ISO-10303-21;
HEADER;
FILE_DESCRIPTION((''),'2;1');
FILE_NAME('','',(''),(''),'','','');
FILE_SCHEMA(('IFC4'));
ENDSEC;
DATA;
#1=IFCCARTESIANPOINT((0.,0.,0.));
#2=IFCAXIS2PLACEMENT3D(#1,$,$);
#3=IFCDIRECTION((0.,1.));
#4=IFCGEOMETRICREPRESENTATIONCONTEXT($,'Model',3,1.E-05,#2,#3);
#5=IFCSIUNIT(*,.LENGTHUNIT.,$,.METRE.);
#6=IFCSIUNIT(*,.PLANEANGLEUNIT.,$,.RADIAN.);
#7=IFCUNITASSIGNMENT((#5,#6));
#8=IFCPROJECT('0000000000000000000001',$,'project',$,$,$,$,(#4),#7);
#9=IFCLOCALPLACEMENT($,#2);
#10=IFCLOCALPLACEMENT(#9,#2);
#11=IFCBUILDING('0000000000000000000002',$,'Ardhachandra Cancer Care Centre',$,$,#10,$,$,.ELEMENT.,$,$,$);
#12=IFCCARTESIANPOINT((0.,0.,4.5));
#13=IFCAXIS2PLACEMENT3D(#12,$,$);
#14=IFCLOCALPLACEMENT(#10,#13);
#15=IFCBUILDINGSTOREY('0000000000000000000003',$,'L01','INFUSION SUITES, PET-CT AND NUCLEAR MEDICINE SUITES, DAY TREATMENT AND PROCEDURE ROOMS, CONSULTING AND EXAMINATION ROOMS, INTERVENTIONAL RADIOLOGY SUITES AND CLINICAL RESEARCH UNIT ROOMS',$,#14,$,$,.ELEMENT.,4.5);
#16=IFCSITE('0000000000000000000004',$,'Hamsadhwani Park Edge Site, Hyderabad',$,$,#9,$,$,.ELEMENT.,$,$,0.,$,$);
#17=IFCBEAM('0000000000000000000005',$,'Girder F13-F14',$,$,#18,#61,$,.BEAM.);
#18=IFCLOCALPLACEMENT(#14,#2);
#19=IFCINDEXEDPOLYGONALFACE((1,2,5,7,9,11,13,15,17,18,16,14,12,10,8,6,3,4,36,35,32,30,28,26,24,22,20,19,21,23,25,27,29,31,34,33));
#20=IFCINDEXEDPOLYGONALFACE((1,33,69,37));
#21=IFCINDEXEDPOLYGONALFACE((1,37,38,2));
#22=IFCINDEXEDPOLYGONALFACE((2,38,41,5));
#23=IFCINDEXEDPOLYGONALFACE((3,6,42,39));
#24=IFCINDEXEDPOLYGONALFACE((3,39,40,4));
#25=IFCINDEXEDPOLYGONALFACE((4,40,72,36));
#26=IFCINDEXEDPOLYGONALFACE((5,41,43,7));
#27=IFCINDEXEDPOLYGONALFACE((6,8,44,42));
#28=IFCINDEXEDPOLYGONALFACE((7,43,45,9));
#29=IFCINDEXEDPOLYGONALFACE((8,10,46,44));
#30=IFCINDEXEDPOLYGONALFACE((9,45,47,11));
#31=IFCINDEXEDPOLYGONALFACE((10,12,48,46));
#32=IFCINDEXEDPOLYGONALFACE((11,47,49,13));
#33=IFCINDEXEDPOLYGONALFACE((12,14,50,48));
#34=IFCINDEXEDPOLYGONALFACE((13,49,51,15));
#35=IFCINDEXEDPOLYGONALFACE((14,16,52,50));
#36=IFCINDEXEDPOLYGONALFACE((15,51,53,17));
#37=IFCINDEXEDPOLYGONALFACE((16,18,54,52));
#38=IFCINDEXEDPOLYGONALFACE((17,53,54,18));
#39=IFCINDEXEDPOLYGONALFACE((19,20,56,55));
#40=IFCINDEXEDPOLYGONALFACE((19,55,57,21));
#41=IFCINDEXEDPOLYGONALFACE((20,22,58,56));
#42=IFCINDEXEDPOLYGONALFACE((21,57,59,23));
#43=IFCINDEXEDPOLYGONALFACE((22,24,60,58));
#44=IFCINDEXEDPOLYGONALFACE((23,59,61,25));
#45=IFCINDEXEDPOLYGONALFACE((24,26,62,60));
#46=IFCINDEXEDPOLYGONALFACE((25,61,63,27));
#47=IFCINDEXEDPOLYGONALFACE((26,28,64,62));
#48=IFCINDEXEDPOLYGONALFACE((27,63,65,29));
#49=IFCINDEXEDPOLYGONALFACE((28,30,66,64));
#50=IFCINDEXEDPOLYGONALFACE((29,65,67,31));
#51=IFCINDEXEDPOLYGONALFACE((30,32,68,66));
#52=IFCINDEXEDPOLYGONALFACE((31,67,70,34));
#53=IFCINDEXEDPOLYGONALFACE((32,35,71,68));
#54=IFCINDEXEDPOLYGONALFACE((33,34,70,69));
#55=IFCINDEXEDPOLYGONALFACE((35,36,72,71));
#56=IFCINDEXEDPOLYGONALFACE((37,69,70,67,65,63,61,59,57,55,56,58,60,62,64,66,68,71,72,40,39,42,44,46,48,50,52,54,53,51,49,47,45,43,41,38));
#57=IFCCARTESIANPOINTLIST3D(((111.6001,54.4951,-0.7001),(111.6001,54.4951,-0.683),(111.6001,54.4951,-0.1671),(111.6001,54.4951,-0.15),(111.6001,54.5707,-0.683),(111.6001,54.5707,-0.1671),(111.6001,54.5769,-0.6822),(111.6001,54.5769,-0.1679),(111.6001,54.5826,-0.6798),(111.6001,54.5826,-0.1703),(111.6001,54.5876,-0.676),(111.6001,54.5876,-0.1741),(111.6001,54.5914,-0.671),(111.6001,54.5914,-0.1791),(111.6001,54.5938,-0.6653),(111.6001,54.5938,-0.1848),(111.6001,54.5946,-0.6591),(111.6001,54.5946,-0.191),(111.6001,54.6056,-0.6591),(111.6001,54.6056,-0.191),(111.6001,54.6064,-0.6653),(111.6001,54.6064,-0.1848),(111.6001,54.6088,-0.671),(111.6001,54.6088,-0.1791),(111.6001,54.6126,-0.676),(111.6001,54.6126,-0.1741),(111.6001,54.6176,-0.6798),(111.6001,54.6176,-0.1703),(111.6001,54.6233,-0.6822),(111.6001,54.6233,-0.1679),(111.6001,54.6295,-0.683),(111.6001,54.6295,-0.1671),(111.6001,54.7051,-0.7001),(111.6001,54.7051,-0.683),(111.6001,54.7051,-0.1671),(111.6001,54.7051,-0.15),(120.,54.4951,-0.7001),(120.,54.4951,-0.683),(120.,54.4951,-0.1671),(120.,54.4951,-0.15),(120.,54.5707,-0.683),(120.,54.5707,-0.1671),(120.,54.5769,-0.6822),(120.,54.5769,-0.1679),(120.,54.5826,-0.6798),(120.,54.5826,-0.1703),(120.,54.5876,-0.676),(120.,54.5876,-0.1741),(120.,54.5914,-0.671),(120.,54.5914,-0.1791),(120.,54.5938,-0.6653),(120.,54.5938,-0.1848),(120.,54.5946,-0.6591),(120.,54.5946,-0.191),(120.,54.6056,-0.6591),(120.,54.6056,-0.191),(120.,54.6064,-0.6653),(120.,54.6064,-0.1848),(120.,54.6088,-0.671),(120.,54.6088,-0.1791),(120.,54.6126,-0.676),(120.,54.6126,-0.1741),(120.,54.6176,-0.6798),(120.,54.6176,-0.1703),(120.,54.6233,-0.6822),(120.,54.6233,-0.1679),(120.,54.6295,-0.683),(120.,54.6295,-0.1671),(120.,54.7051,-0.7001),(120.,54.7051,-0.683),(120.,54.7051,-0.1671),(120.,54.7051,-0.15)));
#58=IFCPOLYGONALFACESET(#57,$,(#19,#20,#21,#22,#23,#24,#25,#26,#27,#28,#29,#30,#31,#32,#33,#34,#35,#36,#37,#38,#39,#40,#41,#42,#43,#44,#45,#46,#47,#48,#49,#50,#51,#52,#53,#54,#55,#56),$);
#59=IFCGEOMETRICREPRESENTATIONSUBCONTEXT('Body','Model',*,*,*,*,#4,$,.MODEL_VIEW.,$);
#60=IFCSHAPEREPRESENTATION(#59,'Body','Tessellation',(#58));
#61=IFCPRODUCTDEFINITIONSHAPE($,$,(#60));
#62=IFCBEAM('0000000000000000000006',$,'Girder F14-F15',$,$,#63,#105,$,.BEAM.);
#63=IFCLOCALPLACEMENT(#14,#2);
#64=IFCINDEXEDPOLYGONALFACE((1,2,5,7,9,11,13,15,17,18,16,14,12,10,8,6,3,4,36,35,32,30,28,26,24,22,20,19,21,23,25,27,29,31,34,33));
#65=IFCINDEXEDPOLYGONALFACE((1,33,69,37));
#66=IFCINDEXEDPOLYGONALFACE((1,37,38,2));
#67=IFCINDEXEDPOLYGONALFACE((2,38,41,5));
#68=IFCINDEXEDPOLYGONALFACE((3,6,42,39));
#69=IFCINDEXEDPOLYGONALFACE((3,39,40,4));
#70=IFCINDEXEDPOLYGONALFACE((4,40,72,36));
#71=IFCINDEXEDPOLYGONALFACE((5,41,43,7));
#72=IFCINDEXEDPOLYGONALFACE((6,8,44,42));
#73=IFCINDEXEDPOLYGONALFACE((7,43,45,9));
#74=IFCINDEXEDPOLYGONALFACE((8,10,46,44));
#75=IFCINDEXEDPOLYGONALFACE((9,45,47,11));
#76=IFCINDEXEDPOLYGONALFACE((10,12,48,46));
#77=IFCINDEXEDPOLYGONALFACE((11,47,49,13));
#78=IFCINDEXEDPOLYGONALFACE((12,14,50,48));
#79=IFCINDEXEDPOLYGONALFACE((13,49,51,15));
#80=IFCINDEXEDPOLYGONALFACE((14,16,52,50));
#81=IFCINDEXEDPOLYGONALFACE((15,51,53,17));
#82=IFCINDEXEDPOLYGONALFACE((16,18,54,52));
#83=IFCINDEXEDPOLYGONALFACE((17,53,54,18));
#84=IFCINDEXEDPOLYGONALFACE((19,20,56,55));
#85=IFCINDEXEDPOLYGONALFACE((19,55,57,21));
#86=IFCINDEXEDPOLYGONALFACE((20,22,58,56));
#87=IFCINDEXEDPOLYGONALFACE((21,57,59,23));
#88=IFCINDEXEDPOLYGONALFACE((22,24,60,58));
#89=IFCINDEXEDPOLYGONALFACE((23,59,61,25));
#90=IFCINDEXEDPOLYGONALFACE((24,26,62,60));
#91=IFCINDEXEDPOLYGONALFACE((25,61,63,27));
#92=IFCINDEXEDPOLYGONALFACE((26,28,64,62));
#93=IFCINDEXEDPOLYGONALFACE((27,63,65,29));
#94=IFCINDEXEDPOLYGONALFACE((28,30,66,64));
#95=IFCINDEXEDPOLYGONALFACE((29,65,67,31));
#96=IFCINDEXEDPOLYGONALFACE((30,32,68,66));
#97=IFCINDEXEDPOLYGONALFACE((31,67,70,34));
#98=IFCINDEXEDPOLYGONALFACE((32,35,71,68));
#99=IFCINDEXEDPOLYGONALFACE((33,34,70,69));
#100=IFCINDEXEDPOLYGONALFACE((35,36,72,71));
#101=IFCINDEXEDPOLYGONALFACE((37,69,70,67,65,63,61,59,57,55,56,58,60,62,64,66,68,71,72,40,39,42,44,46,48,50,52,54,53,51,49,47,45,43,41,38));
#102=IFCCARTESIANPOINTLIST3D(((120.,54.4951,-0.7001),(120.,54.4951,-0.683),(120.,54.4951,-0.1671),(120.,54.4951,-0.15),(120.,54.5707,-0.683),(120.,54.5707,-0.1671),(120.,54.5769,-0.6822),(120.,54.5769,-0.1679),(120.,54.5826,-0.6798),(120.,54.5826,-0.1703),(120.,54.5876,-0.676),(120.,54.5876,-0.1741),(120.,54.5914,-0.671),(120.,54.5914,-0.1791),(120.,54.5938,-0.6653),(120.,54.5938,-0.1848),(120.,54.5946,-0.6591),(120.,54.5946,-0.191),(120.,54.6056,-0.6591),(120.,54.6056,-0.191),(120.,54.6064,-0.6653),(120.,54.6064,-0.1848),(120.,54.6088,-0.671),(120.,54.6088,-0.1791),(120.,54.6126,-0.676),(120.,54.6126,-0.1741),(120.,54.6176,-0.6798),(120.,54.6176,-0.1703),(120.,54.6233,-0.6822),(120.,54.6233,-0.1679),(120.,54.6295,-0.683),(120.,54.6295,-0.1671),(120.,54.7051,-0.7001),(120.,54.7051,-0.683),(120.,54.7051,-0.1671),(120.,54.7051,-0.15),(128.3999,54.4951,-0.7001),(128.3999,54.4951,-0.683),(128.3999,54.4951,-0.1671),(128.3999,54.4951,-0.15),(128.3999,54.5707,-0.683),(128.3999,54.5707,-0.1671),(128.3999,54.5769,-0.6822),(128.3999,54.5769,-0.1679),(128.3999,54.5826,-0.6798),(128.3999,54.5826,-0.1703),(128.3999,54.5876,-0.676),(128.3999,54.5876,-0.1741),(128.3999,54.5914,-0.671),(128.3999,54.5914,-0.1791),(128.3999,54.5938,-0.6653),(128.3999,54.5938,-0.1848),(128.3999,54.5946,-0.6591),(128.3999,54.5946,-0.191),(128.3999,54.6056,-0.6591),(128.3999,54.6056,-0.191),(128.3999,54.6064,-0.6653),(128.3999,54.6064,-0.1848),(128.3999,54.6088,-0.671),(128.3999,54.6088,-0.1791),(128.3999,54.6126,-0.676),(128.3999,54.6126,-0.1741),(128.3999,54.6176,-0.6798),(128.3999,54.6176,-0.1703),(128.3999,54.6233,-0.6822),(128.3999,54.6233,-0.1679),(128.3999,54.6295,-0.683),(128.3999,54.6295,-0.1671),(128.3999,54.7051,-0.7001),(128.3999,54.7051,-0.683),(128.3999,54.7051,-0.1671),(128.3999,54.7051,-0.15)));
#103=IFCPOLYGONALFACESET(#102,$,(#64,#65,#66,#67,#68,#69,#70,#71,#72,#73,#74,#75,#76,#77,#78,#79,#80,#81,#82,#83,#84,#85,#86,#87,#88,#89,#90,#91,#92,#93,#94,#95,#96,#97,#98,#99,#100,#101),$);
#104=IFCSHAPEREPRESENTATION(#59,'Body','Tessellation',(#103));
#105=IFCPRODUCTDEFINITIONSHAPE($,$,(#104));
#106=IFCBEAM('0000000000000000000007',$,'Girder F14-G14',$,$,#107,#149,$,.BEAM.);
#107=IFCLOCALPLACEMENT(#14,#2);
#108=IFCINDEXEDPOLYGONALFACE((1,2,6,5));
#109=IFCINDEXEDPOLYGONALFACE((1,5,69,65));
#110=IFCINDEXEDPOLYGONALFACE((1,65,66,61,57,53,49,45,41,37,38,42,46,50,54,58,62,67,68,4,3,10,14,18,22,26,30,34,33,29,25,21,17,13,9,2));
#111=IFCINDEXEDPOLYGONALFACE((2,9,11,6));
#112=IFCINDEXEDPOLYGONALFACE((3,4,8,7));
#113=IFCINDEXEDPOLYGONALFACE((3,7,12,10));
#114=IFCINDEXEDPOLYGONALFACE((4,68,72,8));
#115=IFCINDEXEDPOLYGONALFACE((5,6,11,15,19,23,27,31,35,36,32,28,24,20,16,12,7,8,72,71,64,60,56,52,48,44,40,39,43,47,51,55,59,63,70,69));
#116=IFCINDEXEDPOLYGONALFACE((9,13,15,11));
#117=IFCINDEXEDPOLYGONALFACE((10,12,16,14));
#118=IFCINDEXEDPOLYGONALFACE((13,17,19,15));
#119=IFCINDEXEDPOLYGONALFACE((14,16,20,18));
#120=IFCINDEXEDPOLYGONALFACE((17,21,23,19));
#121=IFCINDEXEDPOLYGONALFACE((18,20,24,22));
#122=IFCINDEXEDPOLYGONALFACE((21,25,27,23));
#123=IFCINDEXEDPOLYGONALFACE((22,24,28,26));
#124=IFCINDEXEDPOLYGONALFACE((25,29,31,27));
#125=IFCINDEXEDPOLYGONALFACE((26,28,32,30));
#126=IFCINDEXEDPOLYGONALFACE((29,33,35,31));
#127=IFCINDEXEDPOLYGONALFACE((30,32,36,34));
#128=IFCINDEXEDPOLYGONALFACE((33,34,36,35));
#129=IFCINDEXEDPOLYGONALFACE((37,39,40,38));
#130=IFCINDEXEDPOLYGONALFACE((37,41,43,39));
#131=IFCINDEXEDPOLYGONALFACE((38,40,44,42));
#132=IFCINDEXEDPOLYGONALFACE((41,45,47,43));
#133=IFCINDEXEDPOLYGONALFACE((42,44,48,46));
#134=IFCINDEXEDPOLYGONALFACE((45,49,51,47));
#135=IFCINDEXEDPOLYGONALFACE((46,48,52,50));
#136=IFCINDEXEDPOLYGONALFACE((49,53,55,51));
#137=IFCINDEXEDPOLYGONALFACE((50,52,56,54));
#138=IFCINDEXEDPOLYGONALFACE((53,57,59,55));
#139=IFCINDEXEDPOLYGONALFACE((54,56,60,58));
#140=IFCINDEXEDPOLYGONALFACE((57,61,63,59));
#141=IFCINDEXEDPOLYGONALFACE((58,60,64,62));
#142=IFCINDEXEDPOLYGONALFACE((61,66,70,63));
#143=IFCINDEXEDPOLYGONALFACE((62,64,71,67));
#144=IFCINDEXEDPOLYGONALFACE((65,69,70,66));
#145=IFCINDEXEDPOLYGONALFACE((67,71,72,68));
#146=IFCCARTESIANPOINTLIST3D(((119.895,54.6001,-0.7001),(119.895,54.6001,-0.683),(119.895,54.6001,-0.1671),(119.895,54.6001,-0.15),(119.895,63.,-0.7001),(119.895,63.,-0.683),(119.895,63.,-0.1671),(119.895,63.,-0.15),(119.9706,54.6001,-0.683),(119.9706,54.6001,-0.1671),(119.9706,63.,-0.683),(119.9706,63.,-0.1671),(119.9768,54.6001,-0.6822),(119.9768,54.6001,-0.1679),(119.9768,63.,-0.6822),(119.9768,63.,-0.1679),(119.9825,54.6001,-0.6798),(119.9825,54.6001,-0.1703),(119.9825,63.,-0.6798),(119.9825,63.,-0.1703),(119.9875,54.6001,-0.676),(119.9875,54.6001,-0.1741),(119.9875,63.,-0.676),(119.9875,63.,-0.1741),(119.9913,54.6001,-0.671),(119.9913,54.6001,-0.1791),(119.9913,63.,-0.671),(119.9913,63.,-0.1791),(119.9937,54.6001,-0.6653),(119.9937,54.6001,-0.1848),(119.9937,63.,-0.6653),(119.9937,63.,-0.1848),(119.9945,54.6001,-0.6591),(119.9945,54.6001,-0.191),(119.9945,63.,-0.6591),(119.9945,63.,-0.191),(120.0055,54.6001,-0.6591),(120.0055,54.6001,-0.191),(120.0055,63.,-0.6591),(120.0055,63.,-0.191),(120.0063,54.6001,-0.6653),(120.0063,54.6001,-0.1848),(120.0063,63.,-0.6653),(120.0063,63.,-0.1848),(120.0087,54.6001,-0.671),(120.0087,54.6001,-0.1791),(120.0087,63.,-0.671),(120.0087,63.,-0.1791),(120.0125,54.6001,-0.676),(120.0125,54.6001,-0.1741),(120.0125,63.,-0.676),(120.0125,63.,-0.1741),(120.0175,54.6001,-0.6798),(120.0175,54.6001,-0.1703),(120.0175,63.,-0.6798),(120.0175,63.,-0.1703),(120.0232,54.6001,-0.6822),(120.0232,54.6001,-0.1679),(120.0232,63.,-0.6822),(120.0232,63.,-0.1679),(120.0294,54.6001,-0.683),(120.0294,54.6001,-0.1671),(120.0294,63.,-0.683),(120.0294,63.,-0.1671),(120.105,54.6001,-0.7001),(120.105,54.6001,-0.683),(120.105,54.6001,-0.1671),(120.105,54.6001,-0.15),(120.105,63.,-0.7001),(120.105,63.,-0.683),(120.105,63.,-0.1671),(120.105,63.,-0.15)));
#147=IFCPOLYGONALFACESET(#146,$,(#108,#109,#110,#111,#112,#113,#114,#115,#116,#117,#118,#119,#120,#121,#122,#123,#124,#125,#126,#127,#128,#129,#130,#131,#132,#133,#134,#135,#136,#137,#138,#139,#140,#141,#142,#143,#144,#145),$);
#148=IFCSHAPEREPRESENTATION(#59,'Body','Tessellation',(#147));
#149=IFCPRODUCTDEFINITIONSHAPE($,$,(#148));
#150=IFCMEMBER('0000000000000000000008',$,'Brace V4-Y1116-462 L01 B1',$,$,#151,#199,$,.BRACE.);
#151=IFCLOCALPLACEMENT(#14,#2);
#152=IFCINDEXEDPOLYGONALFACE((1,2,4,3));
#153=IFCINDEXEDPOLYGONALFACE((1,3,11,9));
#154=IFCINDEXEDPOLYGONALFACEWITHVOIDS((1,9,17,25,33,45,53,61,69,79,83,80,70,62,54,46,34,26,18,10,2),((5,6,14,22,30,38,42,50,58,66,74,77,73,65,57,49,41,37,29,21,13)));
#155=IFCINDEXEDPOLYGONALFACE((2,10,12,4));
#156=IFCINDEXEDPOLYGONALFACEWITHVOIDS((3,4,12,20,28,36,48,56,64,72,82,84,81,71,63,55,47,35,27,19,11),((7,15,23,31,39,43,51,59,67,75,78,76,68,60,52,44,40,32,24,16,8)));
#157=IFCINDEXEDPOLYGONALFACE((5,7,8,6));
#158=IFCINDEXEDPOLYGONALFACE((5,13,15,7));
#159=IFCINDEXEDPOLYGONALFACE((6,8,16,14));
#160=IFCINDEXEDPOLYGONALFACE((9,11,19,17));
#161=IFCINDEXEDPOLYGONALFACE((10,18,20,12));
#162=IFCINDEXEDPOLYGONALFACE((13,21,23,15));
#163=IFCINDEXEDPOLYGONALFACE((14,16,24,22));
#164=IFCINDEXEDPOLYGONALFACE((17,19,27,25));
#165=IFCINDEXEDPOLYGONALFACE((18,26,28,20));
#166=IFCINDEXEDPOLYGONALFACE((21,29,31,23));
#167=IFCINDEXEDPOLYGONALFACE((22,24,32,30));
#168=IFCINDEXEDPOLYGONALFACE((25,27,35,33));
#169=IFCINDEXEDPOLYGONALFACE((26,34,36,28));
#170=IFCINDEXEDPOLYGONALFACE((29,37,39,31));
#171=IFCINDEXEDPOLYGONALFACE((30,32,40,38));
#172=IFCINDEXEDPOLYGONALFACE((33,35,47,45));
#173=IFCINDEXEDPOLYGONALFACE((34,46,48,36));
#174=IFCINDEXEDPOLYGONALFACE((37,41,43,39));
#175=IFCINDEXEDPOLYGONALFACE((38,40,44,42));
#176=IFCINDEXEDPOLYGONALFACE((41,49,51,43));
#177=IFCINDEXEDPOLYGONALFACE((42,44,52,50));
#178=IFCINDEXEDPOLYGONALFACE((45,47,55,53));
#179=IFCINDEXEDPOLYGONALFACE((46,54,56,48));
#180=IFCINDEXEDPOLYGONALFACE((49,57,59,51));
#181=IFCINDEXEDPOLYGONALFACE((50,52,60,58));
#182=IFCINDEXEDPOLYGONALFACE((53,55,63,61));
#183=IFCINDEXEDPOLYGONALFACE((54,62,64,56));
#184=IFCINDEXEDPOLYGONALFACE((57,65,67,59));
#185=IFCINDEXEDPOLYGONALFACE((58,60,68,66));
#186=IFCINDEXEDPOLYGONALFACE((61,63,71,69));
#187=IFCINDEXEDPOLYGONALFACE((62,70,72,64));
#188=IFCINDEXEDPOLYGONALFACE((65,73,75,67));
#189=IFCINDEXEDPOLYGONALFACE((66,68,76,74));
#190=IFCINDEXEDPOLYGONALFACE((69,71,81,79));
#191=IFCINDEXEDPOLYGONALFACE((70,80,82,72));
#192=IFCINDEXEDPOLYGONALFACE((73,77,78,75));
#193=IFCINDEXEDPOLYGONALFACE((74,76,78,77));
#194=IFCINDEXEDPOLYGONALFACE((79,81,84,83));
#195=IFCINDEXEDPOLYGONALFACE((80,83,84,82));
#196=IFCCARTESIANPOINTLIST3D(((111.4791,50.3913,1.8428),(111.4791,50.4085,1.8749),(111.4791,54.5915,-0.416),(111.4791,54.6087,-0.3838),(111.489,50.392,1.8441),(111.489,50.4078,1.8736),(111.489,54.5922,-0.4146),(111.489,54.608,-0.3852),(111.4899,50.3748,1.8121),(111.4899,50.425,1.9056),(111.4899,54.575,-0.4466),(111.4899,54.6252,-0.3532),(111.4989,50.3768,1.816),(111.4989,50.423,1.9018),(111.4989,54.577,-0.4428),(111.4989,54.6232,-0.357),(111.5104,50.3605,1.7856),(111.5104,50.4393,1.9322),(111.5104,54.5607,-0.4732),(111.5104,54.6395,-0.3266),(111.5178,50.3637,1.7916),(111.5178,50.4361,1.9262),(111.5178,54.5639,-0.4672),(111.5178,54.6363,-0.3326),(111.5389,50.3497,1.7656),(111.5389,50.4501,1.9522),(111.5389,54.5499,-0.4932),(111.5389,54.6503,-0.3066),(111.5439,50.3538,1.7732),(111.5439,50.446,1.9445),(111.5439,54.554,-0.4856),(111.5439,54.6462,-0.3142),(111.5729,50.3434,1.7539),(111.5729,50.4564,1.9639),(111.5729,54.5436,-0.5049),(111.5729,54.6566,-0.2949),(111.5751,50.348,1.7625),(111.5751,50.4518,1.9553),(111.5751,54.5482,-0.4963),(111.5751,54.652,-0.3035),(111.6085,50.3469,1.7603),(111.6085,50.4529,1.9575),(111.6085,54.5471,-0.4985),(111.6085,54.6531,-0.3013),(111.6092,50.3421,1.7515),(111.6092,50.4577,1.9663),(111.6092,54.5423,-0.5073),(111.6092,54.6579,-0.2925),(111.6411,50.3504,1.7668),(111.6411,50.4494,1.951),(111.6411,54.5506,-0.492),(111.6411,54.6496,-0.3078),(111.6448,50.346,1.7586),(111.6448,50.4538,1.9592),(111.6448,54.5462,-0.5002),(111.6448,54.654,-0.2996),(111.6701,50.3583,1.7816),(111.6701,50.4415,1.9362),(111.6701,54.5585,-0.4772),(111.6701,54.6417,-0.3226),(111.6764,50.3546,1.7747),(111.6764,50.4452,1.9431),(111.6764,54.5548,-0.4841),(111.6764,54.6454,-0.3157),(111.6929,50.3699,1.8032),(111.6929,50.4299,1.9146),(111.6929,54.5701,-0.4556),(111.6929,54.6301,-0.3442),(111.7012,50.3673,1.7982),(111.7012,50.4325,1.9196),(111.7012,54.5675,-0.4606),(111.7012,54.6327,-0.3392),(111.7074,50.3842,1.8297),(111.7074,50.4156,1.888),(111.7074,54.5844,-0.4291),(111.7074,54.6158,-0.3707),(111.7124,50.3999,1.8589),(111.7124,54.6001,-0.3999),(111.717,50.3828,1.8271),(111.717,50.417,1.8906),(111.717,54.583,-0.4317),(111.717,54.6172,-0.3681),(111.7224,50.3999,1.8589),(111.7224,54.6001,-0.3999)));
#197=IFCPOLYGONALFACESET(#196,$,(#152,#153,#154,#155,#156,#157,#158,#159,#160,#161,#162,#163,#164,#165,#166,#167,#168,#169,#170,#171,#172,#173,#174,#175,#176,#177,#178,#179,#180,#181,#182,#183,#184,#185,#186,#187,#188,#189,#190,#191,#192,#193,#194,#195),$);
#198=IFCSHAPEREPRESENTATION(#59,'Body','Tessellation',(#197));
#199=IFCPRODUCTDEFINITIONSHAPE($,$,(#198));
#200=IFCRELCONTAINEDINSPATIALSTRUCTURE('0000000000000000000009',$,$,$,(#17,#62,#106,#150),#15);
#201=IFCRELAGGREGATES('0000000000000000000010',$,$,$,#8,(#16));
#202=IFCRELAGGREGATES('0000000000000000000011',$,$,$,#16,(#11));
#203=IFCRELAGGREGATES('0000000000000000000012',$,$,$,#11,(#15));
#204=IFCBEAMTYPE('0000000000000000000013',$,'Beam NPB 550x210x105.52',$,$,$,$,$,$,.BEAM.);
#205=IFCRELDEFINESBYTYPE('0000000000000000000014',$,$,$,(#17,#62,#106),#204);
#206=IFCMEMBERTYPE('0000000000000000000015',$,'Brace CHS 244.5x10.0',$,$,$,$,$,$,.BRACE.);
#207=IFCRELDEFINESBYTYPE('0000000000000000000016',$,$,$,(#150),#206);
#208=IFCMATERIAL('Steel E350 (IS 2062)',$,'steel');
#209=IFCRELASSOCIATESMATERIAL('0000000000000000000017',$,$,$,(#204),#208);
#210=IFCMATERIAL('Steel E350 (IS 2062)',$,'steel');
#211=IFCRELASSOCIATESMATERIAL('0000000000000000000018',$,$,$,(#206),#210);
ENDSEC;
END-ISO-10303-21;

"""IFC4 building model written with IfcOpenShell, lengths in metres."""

from ifc_helpers import new_model, si_unit, direction, frame, origin, origin_2d, place, context, subcontext, project, spatial, hollow_circle, i_section, extrude, material, material_profile, profile_set, type_object, element, save


model = new_model("IFC4")

# Units and contexts
model_context = context("Model", 3, precision=1e-05, world=origin(), true_north=direction((0.0, 1.0)))
body_context = subcontext(model_context, "Body", "Model", "MODEL_VIEW")
ifc_project = project(units=[si_unit("LENGTHUNIT", "METRE"), si_unit("PLANEANGLEUNIT", "RADIAN")], contexts=[model_context])

# Site, building, storey
site_placement = place(None, origin())
site = spatial("IfcSite", under=ifc_project, at=site_placement, Name="Hamsadhwani Park Edge Site, Hyderabad", CompositionType="ELEMENT", RefElevation=0.0)
building_placement = place(site_placement, origin())
building = spatial("IfcBuilding", under=site, at=building_placement, Name="Ardhachandra Cancer Care Centre", CompositionType="ELEMENT")
storey_placement = place(building_placement, frame((0.0, 0.0, 4.5)))
storey = spatial("IfcBuildingStorey", under=building, at=storey_placement, Name="L01", Description="INFUSION SUITES, PET-CT AND NUCLEAR MEDICINE SUITES, DAY TREATMENT AND PROCEDURE ROOMS, CONSULTING AND EXAMINATION ROOMS, INTERVENTIONAL RADIOLOGY SUITES AND CLINICAL RESEARCH UNIT ROOMS", CompositionType="ELEMENT", Elevation=4.5)

# Beams
ifc_material_1 = material(Name="Steel E350 (IS 2062)", Category="steel")
ifc_material_profile_1 = material_profile(ifc_material_1, i_section(OverallWidth=0.21, OverallDepth=0.55, WebThickness=0.011, FlangeThickness=0.0171, FilletRadius=0.0239, at=origin_2d()), Name="NPB 550x210x105.52")
ifc_profile_set_1 = profile_set([ifc_material_profile_1], Name="Steel E350 (IS 2062)")
beam_type_1 = type_object("IfcBeamType", Name="Beam NPB 550x210x105.52", PredefinedType="BEAM", material=ifc_profile_set_1)
for number, where, z_axis, x_axis, name in (
    (1, (111.6001, 54.6001, -0.425), (1.0, 0.0, 0.0), (0.0, 1.0, 0.0), "Girder F13-F14"),
    (2, (120.0, 54.6001, -0.425), (1.0, 0.0, 0.0), (0.0, 1.0, 0.0), "Girder F14-F15"),
    (3, (120.0, 54.6001, -0.425), (0.0, 1.0, 0.0), (-1.0, 0.0, 0.0), "Girder F14-G14"),
):
    element("IfcBeam", number, at=place(storey_placement, frame(where, z_axis=z_axis, x_axis=x_axis)), inside=storey, type_object=beam_type_1, Name=name, PredefinedType="BEAM", context=body_context, shape_type="SweptSolid", body=[
        extrude(i_section(OverallWidth=0.21, OverallDepth=0.55, WebThickness=0.011, FlangeThickness=0.0171, FilletRadius=0.0239, at=origin_2d()), origin(), (0.0, 0.0, 1.0), 8.3999),
    ])

# Member
ifc_material_2 = material(Name="Steel E350 (IS 2062)", Category="steel")
ifc_material_profile_2 = material_profile(ifc_material_2, hollow_circle(Radius=0.1223, WallThickness=0.01, at=origin_2d()), Name="CHS 244.5x10.0")
ifc_profile_set_2 = profile_set([ifc_material_profile_2], Name="Steel E350 (IS 2062)")
member_type_1 = type_object("IfcMemberType", Name="Brace CHS 244.5x10.0", PredefinedType="BRACE", material=ifc_profile_set_2)
member_1_placement = place(storey_placement, frame((111.6001, 54.6001, -0.3999), z_axis=(0.0, -0.880721, 0.473636), x_axis=(1.0, 0.0, 0.0)))
element("IfcMember", 4, at=member_1_placement, inside=storey, type_object=member_type_1, Name="Brace V4-Y1116-462 L01 B1", PredefinedType="BRACE", context=body_context, shape_type="SweptSolid", body=[
    extrude(hollow_circle(Radius=0.1223, WallThickness=0.01, at=origin_2d()), origin(), (0.0, 0.0, 1.0), 4.769),
])

save(model, "model.ifc")
